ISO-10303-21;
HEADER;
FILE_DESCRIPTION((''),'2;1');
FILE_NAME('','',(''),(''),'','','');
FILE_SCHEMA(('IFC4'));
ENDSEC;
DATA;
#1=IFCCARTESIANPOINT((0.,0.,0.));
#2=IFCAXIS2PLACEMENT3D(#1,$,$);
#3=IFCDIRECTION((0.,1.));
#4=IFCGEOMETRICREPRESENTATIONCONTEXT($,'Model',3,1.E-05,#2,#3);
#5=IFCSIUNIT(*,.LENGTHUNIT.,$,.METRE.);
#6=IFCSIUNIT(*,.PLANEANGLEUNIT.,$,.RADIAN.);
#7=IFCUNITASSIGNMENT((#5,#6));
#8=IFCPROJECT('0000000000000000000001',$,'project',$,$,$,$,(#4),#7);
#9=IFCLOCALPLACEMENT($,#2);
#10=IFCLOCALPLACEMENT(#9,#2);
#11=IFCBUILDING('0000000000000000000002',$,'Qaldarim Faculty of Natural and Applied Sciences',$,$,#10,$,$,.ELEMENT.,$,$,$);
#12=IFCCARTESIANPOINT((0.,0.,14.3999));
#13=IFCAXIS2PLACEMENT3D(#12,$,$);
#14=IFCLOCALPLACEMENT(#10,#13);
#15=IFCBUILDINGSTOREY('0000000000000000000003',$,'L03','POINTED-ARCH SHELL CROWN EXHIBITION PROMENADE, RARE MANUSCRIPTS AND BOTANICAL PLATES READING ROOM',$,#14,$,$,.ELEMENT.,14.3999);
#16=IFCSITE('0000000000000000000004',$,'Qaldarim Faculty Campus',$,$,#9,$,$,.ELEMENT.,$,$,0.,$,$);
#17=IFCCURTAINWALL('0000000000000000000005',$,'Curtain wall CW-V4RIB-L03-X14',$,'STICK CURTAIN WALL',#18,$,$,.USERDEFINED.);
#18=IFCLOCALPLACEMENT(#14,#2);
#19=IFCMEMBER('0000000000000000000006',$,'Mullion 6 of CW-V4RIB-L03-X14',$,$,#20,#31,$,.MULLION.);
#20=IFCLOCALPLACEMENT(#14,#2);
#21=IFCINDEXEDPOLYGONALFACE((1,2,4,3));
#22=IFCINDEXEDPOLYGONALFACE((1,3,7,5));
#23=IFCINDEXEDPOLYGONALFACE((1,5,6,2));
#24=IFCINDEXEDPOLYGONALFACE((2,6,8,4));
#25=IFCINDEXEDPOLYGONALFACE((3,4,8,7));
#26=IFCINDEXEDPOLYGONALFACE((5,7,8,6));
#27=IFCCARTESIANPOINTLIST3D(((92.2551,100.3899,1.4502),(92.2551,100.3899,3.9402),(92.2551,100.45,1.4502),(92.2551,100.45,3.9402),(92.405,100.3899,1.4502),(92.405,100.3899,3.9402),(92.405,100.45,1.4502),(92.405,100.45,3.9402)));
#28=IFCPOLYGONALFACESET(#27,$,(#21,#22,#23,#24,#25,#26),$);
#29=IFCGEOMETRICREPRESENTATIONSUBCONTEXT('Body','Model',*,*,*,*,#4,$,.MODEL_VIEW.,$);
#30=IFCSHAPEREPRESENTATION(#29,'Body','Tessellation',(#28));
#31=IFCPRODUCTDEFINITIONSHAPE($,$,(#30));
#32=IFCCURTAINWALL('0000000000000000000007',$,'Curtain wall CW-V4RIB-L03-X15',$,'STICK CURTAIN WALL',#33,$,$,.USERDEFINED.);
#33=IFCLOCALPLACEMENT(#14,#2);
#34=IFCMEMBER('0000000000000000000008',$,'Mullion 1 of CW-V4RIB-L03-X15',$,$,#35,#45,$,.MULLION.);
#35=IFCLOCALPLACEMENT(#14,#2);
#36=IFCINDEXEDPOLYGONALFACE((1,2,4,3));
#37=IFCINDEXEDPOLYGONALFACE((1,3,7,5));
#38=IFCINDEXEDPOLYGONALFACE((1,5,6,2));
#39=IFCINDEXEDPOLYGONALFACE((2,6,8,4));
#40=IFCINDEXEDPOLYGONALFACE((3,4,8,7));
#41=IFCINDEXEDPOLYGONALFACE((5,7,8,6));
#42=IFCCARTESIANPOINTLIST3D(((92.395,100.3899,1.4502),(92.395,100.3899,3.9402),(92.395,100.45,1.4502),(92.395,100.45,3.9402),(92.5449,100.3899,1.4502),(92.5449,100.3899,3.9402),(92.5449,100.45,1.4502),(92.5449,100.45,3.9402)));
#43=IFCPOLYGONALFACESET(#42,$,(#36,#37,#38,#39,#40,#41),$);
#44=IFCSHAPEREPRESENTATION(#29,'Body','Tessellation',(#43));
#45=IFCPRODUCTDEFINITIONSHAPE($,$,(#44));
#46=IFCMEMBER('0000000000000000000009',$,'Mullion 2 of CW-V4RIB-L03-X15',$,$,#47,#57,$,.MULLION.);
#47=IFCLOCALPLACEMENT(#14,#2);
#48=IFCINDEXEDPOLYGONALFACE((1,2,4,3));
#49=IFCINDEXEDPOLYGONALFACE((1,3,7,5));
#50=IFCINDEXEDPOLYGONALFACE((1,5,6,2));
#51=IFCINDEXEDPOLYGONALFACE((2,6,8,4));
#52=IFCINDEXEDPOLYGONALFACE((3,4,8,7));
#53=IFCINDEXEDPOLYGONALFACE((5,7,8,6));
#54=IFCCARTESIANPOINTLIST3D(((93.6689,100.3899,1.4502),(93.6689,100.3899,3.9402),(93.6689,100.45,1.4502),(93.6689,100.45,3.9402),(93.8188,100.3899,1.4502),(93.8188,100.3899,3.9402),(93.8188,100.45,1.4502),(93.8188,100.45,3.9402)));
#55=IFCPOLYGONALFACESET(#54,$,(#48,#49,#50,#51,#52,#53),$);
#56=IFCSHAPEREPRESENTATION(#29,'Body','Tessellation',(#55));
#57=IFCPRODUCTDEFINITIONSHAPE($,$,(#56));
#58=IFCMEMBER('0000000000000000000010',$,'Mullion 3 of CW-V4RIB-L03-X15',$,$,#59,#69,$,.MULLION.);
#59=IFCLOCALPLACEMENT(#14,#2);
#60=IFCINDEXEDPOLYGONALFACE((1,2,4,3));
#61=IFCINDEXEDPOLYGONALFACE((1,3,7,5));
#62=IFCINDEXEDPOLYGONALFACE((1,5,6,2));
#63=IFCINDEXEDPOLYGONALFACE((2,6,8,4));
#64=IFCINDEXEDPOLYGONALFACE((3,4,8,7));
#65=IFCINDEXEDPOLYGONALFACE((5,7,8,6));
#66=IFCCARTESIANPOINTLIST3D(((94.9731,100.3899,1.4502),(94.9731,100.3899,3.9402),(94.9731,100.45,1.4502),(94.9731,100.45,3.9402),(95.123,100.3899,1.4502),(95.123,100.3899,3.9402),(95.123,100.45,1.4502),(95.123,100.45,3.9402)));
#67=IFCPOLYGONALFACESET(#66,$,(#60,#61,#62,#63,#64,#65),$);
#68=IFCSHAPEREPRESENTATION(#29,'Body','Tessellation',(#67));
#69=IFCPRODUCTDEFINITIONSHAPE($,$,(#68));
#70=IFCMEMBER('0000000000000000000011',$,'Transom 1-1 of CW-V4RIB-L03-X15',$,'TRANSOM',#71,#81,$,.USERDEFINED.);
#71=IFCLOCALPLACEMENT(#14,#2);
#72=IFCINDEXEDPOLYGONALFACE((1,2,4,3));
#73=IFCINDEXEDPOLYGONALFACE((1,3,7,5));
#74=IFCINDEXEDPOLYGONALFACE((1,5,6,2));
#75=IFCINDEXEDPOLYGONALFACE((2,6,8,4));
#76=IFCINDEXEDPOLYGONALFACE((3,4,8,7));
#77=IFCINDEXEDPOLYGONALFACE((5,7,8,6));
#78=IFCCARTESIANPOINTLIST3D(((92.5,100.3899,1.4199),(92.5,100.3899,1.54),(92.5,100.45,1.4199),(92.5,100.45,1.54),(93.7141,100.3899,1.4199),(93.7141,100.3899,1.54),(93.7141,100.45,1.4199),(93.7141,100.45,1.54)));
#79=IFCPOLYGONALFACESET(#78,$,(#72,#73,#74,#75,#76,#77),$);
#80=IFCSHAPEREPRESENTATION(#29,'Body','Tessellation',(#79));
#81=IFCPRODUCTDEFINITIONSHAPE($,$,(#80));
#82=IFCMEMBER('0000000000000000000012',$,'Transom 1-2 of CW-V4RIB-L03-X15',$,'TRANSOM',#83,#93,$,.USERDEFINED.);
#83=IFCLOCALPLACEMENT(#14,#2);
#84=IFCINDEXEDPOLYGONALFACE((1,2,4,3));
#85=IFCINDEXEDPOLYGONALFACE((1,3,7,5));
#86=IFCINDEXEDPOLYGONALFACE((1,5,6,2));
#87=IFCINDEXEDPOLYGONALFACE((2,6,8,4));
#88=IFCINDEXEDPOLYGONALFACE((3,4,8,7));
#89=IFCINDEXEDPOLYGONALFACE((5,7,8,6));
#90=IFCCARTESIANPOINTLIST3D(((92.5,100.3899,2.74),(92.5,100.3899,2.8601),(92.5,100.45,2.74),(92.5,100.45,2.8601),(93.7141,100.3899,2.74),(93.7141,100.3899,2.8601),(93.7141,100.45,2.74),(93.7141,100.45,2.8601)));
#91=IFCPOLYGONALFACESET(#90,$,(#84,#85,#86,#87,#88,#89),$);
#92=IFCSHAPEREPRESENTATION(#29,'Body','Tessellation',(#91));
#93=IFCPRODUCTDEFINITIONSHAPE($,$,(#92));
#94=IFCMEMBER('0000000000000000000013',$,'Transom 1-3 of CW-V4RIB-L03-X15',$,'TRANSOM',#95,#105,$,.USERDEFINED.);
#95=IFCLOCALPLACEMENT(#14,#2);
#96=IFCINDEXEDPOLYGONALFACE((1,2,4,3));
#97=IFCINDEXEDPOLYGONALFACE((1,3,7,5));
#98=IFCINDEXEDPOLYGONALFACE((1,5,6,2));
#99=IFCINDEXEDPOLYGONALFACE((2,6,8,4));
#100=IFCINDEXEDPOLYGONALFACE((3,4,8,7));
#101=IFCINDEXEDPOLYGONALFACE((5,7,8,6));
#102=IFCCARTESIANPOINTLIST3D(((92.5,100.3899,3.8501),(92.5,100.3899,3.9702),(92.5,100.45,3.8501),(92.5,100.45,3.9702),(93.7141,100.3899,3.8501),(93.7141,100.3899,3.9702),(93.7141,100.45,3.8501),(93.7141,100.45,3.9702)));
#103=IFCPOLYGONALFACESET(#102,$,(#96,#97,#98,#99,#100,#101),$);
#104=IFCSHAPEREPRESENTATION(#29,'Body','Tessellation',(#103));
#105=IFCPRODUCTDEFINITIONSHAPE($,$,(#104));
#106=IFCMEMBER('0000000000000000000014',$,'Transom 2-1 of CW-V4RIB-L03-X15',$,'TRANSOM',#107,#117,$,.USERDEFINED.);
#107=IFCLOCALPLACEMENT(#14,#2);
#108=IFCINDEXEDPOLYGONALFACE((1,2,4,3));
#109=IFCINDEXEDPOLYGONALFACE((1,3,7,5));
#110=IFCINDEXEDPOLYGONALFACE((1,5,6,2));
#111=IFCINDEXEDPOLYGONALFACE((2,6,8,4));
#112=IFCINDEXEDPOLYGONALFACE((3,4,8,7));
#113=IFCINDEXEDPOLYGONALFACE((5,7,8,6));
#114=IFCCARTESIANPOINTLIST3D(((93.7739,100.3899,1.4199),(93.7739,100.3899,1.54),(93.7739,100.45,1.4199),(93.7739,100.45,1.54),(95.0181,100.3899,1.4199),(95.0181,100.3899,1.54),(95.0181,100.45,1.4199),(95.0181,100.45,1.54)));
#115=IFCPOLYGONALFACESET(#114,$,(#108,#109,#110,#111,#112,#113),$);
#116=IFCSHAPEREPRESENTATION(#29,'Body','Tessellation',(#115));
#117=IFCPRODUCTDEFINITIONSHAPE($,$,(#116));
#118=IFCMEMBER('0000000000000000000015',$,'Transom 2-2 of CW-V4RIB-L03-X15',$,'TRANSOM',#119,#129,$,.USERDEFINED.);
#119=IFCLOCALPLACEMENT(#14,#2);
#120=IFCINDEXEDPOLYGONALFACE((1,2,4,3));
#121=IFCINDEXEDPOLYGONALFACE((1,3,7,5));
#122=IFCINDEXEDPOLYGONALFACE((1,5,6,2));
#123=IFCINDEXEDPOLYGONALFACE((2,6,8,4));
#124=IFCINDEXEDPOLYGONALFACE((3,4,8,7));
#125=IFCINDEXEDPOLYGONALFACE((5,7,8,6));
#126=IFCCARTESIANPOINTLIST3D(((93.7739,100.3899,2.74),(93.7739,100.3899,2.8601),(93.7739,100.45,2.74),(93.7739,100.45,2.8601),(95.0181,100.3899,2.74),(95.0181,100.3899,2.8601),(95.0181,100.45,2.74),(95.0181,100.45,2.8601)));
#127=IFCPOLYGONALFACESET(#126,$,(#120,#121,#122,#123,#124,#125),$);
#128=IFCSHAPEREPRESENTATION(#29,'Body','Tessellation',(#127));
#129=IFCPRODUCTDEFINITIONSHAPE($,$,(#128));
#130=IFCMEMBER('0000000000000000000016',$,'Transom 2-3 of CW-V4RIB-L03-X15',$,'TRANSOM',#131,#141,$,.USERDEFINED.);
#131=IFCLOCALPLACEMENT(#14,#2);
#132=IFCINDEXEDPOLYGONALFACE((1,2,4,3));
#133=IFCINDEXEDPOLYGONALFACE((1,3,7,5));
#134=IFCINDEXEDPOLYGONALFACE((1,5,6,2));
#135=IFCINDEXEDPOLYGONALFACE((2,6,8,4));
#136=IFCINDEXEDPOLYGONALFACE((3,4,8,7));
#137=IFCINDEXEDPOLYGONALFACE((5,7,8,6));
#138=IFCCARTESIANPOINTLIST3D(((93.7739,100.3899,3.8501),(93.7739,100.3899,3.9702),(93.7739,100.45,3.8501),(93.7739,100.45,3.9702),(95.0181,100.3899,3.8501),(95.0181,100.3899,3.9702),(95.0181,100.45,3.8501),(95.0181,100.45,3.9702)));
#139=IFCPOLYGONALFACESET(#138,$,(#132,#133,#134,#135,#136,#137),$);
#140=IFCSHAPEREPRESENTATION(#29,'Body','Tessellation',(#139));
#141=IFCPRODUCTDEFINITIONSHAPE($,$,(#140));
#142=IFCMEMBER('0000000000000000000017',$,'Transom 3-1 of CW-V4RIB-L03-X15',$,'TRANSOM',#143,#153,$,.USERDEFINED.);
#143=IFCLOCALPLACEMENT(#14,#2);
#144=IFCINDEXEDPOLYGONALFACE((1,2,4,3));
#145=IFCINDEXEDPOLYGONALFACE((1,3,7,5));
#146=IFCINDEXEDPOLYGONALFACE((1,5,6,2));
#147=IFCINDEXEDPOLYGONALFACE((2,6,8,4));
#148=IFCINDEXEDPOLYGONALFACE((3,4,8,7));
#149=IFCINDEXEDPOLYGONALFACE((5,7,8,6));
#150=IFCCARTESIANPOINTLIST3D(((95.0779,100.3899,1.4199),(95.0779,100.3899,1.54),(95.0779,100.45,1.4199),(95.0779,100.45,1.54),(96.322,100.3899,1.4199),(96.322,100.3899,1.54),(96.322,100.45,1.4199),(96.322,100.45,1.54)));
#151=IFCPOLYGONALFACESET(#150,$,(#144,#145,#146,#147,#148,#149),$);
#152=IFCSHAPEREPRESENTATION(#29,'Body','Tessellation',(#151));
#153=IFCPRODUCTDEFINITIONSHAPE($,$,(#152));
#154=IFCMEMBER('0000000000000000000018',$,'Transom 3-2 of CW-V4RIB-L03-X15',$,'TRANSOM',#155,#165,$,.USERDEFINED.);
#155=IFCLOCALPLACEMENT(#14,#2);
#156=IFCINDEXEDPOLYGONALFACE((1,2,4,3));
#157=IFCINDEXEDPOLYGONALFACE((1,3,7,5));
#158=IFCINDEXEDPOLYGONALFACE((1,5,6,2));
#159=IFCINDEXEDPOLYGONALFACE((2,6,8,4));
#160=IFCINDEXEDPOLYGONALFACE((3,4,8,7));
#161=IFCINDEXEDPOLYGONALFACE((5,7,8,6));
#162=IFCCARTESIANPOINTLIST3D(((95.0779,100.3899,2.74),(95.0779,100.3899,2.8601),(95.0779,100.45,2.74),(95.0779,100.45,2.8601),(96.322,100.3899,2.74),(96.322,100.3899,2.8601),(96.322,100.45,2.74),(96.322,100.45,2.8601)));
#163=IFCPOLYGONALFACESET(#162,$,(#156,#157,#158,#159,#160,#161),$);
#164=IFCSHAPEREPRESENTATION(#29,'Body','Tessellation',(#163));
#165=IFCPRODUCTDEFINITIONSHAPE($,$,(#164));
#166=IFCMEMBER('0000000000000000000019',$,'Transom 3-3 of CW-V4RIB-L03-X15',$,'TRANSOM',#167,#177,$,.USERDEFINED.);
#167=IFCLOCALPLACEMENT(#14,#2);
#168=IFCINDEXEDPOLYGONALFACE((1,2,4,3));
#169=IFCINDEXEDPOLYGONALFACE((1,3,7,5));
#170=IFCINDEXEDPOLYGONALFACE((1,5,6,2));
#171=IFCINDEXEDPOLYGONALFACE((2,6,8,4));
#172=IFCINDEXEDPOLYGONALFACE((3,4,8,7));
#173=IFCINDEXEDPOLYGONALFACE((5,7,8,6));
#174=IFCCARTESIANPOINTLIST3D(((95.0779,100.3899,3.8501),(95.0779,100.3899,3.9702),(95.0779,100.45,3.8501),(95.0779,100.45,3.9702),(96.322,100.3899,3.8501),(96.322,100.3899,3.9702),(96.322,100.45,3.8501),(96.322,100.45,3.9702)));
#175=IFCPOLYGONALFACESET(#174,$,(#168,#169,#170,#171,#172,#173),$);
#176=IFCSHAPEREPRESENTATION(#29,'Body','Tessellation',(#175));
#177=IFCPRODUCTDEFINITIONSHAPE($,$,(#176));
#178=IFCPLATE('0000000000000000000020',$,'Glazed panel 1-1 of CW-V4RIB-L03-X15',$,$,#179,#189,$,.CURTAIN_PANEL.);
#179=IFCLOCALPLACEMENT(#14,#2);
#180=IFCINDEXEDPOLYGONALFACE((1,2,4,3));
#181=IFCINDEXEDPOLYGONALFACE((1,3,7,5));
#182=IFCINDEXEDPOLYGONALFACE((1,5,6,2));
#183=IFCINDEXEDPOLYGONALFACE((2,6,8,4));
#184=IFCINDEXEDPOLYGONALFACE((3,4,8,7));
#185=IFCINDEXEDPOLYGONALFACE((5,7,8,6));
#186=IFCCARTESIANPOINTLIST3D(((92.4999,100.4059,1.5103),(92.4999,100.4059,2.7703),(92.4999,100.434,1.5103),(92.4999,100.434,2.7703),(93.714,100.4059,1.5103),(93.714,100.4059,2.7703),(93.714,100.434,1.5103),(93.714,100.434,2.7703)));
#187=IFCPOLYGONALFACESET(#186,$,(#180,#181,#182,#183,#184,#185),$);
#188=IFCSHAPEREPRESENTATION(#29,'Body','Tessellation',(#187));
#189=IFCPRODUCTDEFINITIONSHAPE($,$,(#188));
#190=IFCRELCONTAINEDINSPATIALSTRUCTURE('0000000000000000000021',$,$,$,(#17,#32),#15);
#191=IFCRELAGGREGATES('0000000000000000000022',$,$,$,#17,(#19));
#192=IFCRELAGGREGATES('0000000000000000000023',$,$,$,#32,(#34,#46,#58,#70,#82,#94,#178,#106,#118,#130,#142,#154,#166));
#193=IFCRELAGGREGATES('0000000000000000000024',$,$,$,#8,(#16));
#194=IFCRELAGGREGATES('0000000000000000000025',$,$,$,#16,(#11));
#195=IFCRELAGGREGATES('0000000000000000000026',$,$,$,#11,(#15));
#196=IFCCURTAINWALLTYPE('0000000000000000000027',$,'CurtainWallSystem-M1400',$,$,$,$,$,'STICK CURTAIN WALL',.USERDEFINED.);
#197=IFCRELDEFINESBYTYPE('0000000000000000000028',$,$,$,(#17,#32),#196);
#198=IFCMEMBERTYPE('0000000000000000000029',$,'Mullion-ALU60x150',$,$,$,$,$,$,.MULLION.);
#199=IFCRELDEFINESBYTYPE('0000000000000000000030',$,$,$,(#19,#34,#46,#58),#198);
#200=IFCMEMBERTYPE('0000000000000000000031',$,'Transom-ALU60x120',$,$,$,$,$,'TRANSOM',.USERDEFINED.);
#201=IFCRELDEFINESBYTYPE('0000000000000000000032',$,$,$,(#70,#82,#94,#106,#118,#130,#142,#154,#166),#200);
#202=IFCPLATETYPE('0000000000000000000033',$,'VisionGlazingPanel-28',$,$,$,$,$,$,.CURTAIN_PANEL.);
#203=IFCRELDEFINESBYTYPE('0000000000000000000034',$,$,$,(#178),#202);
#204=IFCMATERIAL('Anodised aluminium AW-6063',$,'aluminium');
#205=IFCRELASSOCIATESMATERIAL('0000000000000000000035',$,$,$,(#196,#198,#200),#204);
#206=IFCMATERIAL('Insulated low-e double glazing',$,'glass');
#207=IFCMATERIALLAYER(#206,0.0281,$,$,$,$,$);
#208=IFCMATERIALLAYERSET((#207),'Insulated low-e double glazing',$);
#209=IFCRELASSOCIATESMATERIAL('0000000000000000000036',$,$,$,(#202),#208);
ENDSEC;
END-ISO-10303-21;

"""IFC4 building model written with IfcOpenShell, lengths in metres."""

from ifc_helpers import new_model, si_unit, direction, frame, origin, origin_2d, place, context, subcontext, project, spatial, rectangle, extrude, material, layer, layer_set, material_profile, profile_set, type_object, element, aggregate, save


model = new_model("IFC4")

# Units and contexts
model_context = context("Model", 3, precision=1e-05, world=origin(), true_north=direction((0.0, 1.0)))
body_context = subcontext(model_context, "Body", "Model", "MODEL_VIEW")
ifc_project = project(units=[si_unit("LENGTHUNIT", "METRE"), si_unit("PLANEANGLEUNIT", "RADIAN")], contexts=[model_context])

# Site, building, storey
site_placement = place(None, origin())
site = spatial("IfcSite", under=ifc_project, at=site_placement, Name="Qaldarim Faculty Campus", CompositionType="ELEMENT", RefElevation=0.0)
building_placement = place(site_placement, origin())
building = spatial("IfcBuilding", under=site, at=building_placement, Name="Qaldarim Faculty of Natural and Applied Sciences", CompositionType="ELEMENT")
storey_placement = place(building_placement, frame((0.0, 0.0, 14.3999)))
storey = spatial("IfcBuildingStorey", under=building, at=storey_placement, Name="L03", Description="POINTED-ARCH SHELL CROWN EXHIBITION PROMENADE, RARE MANUSCRIPTS AND BOTANICAL PLATES READING ROOM", CompositionType="ELEMENT", Elevation=14.3999)

# Curtain wall, member
ifc_material_1 = material(Name="Anodised aluminium AW-6063", Category="aluminium")
curtain_wall_type = type_object("IfcCurtainWallType", Name="CurtainWallSystem-M1400", ElementType="STICK CURTAIN WALL", PredefinedType="USERDEFINED", material=ifc_material_1)
curtain_wall_1_placement = place(storey_placement, origin())
curtain_wall_1 = element("IfcCurtainWall", 1, at=curtain_wall_1_placement, inside=storey, type_object=curtain_wall_type, Name="Curtain wall CW-V4RIB-L03-X14", ObjectType="STICK CURTAIN WALL", PredefinedType="USERDEFINED")
ifc_material_profile_1 = material_profile(ifc_material_1, rectangle(XDim=0.0601, YDim=0.1499, at=origin_2d()), Name="ALU-M60x150")
ifc_profile_set_1 = profile_set([ifc_material_profile_1], Name="Anodised aluminium AW-6063")
member_type_1 = type_object("IfcMemberType", Name="Mullion-ALU60x150", PredefinedType="MULLION", material=ifc_profile_set_1)
member_1_placement = place(storey_placement, frame((92.3301, 100.4199, 1.4502), z_axis=(0.0, 0.0, 1.0), x_axis=(0.0, 1.0, 0.0)))
member_1 = element("IfcMember", 2, at=member_1_placement, type_object=member_type_1, Name="Mullion 6 of CW-V4RIB-L03-X14", PredefinedType="MULLION", context=body_context, shape_type="SweptSolid", body=[
    extrude(rectangle(XDim=0.0601, YDim=0.1499, at=origin_2d()), origin(), (0.0, 0.0, 1.0), 2.49),
])
aggregate(curtain_wall_1, [member_1])

# Curtain wall, members, plate
curtain_wall_2_placement = place(storey_placement, origin())
curtain_wall_2 = element("IfcCurtainWall", 3, at=curtain_wall_2_placement, inside=storey, type_object=curtain_wall_type, Name="Curtain wall CW-V4RIB-L03-X15", ObjectType="STICK CURTAIN WALL", PredefinedType="USERDEFINED")
member_2_placement = place(storey_placement, frame((92.47, 100.4199, 1.4502), z_axis=(0.0, 0.0, 1.0), x_axis=(0.0, 1.0, 0.0)))
member_2 = element("IfcMember", 4, at=member_2_placement, type_object=member_type_1, Name="Mullion 1 of CW-V4RIB-L03-X15", PredefinedType="MULLION", context=body_context, shape_type="SweptSolid", body=[
    extrude(rectangle(XDim=0.0601, YDim=0.1499, at=origin_2d()), origin(), (0.0, 0.0, 1.0), 2.49),
])
member_3_placement = place(storey_placement, frame((93.7439, 100.4199, 1.4502), z_axis=(0.0, 0.0, 1.0), x_axis=(0.0, 1.0, 0.0)))
member_3 = element("IfcMember", 5, at=member_3_placement, type_object=member_type_1, Name="Mullion 2 of CW-V4RIB-L03-X15", PredefinedType="MULLION", context=body_context, shape_type="SweptSolid", body=[
    extrude(rectangle(XDim=0.0601, YDim=0.1499, at=origin_2d()), origin(), (0.0, 0.0, 1.0), 2.49),
])
member_4_placement = place(storey_placement, frame((95.0481, 100.4199, 1.4502), z_axis=(0.0, 0.0, 1.0), x_axis=(0.0, 1.0, 0.0)))
member_4 = element("IfcMember", 6, at=member_4_placement, type_object=member_type_1, Name="Mullion 3 of CW-V4RIB-L03-X15", PredefinedType="MULLION", context=body_context, shape_type="SweptSolid", body=[
    extrude(rectangle(XDim=0.0601, YDim=0.1499, at=origin_2d()), origin(), (0.0, 0.0, 1.0), 2.49),
])
ifc_material_profile_2 = material_profile(ifc_material_1, rectangle(XDim=0.0601, YDim=0.1201, at=origin_2d()), Name="ALU-T60x120")
ifc_profile_set_2 = profile_set([ifc_material_profile_2], Name="Anodised aluminium AW-6063")
member_type_2 = type_object("IfcMemberType", Name="Transom-ALU60x120", ElementType="TRANSOM", PredefinedType="USERDEFINED", material=ifc_profile_set_2)
member_5_placement = place(storey_placement, frame((92.5, 100.4199, 1.48), z_axis=(1.0, 0.0, 0.0), x_axis=(0.0, 1.0, 0.0)))
member_5 = element("IfcMember", 7, at=member_5_placement, type_object=member_type_2, Name="Transom 1-1 of CW-V4RIB-L03-X15", ObjectType="TRANSOM", PredefinedType="USERDEFINED", context=body_context, shape_type="SweptSolid", body=[
    extrude(rectangle(XDim=0.0601, YDim=0.1201, at=origin_2d()), origin(), (0.0, 0.0, 1.0), 1.2141),
])
member_6_placement = place(storey_placement, frame((92.5, 100.4199, 2.8), z_axis=(1.0, 0.0, 0.0), x_axis=(0.0, 1.0, 0.0)))
member_6 = element("IfcMember", 8, at=member_6_placement, type_object=member_type_2, Name="Transom 1-2 of CW-V4RIB-L03-X15", ObjectType="TRANSOM", PredefinedType="USERDEFINED", context=body_context, shape_type="SweptSolid", body=[
    extrude(rectangle(XDim=0.0601, YDim=0.1201, at=origin_2d()), origin(), (0.0, 0.0, 1.0), 1.2141),
])
member_7_placement = place(storey_placement, frame((92.5, 100.4199, 3.9102), z_axis=(1.0, 0.0, 0.0), x_axis=(0.0, 1.0, 0.0)))
member_7 = element("IfcMember", 9, at=member_7_placement, type_object=member_type_2, Name="Transom 1-3 of CW-V4RIB-L03-X15", ObjectType="TRANSOM", PredefinedType="USERDEFINED", context=body_context, shape_type="SweptSolid", body=[
    extrude(rectangle(XDim=0.0601, YDim=0.1201, at=origin_2d()), origin(), (0.0, 0.0, 1.0), 1.2141),
])
member_8_placement = place(storey_placement, frame((93.7739, 100.4199, 1.48), z_axis=(1.0, 0.0, 0.0), x_axis=(0.0, 1.0, 0.0)))
member_8 = element("IfcMember", 10, at=member_8_placement, type_object=member_type_2, Name="Transom 2-1 of CW-V4RIB-L03-X15", ObjectType="TRANSOM", PredefinedType="USERDEFINED", context=body_context, shape_type="SweptSolid", body=[
    extrude(rectangle(XDim=0.0601, YDim=0.1201, at=origin_2d()), origin(), (0.0, 0.0, 1.0), 1.2441),
])
member_9_placement = place(storey_placement, frame((93.7739, 100.4199, 2.8), z_axis=(1.0, 0.0, 0.0), x_axis=(0.0, 1.0, 0.0)))
member_9 = element("IfcMember", 11, at=member_9_placement, type_object=member_type_2, Name="Transom 2-2 of CW-V4RIB-L03-X15", ObjectType="TRANSOM", PredefinedType="USERDEFINED", context=body_context, shape_type="SweptSolid", body=[
    extrude(rectangle(XDim=0.0601, YDim=0.1201, at=origin_2d()), origin(), (0.0, 0.0, 1.0), 1.2441),
])
member_10_placement = place(storey_placement, frame((93.7739, 100.4199, 3.9102), z_axis=(1.0, 0.0, 0.0), x_axis=(0.0, 1.0, 0.0)))
member_10 = element("IfcMember", 12, at=member_10_placement, type_object=member_type_2, Name="Transom 2-3 of CW-V4RIB-L03-X15", ObjectType="TRANSOM", PredefinedType="USERDEFINED", context=body_context, shape_type="SweptSolid", body=[
    extrude(rectangle(XDim=0.0601, YDim=0.1201, at=origin_2d()), origin(), (0.0, 0.0, 1.0), 1.2441),
])
member_11_placement = place(storey_placement, frame((95.0779, 100.4199, 1.48), z_axis=(1.0, 0.0, 0.0), x_axis=(0.0, 1.0, 0.0)))
member_11 = element("IfcMember", 13, at=member_11_placement, type_object=member_type_2, Name="Transom 3-1 of CW-V4RIB-L03-X15", ObjectType="TRANSOM", PredefinedType="USERDEFINED", context=body_context, shape_type="SweptSolid", body=[
    extrude(rectangle(XDim=0.0601, YDim=0.1201, at=origin_2d()), origin(), (0.0, 0.0, 1.0), 1.2441),
])
member_12_placement = place(storey_placement, frame((95.0779, 100.4199, 2.8), z_axis=(1.0, 0.0, 0.0), x_axis=(0.0, 1.0, 0.0)))
member_12 = element("IfcMember", 14, at=member_12_placement, type_object=member_type_2, Name="Transom 3-2 of CW-V4RIB-L03-X15", ObjectType="TRANSOM", PredefinedType="USERDEFINED", context=body_context, shape_type="SweptSolid", body=[
    extrude(rectangle(XDim=0.0601, YDim=0.1201, at=origin_2d()), origin(), (0.0, 0.0, 1.0), 1.2441),
])
member_13_placement = place(storey_placement, frame((95.0779, 100.4199, 3.9102), z_axis=(1.0, 0.0, 0.0), x_axis=(0.0, 1.0, 0.0)))
member_13 = element("IfcMember", 15, at=member_13_placement, type_object=member_type_2, Name="Transom 3-3 of CW-V4RIB-L03-X15", ObjectType="TRANSOM", PredefinedType="USERDEFINED", context=body_context, shape_type="SweptSolid", body=[
    extrude(rectangle(XDim=0.0601, YDim=0.1201, at=origin_2d()), origin(), (0.0, 0.0, 1.0), 1.2441),
])
ifc_material_2 = material(Name="Insulated low-e double glazing", Category="glass")
ifc_layer_1 = layer(ifc_material_2, 0.0281)
ifc_layer_set_1 = layer_set([ifc_layer_1], Name="Insulated low-e double glazing")
plate_type = type_object("IfcPlateType", Name="VisionGlazingPanel-28", PredefinedType="CURTAIN_PANEL", material=ifc_layer_set_1)
plate_1_placement = place(storey_placement, frame((93.1069, 100.4199, 1.5103), z_axis=(0.0, 0.0, 1.0), x_axis=(1.0, 0.0, 0.0)))
plate_1 = element("IfcPlate", 16, at=plate_1_placement, type_object=plate_type, Name="Glazed panel 1-1 of CW-V4RIB-L03-X15", PredefinedType="CURTAIN_PANEL", context=body_context, shape_type="SweptSolid", body=[
    extrude(rectangle(XDim=1.2141, YDim=0.0281, at=origin_2d()), origin(), (0.0, 0.0, 1.0), 1.26),
])
aggregate(curtain_wall_2, [member_2, member_3, member_4, member_5, member_6, member_7, plate_1, member_8, member_9, member_10, member_11, member_12, member_13])

save(model, "model.ifc")
